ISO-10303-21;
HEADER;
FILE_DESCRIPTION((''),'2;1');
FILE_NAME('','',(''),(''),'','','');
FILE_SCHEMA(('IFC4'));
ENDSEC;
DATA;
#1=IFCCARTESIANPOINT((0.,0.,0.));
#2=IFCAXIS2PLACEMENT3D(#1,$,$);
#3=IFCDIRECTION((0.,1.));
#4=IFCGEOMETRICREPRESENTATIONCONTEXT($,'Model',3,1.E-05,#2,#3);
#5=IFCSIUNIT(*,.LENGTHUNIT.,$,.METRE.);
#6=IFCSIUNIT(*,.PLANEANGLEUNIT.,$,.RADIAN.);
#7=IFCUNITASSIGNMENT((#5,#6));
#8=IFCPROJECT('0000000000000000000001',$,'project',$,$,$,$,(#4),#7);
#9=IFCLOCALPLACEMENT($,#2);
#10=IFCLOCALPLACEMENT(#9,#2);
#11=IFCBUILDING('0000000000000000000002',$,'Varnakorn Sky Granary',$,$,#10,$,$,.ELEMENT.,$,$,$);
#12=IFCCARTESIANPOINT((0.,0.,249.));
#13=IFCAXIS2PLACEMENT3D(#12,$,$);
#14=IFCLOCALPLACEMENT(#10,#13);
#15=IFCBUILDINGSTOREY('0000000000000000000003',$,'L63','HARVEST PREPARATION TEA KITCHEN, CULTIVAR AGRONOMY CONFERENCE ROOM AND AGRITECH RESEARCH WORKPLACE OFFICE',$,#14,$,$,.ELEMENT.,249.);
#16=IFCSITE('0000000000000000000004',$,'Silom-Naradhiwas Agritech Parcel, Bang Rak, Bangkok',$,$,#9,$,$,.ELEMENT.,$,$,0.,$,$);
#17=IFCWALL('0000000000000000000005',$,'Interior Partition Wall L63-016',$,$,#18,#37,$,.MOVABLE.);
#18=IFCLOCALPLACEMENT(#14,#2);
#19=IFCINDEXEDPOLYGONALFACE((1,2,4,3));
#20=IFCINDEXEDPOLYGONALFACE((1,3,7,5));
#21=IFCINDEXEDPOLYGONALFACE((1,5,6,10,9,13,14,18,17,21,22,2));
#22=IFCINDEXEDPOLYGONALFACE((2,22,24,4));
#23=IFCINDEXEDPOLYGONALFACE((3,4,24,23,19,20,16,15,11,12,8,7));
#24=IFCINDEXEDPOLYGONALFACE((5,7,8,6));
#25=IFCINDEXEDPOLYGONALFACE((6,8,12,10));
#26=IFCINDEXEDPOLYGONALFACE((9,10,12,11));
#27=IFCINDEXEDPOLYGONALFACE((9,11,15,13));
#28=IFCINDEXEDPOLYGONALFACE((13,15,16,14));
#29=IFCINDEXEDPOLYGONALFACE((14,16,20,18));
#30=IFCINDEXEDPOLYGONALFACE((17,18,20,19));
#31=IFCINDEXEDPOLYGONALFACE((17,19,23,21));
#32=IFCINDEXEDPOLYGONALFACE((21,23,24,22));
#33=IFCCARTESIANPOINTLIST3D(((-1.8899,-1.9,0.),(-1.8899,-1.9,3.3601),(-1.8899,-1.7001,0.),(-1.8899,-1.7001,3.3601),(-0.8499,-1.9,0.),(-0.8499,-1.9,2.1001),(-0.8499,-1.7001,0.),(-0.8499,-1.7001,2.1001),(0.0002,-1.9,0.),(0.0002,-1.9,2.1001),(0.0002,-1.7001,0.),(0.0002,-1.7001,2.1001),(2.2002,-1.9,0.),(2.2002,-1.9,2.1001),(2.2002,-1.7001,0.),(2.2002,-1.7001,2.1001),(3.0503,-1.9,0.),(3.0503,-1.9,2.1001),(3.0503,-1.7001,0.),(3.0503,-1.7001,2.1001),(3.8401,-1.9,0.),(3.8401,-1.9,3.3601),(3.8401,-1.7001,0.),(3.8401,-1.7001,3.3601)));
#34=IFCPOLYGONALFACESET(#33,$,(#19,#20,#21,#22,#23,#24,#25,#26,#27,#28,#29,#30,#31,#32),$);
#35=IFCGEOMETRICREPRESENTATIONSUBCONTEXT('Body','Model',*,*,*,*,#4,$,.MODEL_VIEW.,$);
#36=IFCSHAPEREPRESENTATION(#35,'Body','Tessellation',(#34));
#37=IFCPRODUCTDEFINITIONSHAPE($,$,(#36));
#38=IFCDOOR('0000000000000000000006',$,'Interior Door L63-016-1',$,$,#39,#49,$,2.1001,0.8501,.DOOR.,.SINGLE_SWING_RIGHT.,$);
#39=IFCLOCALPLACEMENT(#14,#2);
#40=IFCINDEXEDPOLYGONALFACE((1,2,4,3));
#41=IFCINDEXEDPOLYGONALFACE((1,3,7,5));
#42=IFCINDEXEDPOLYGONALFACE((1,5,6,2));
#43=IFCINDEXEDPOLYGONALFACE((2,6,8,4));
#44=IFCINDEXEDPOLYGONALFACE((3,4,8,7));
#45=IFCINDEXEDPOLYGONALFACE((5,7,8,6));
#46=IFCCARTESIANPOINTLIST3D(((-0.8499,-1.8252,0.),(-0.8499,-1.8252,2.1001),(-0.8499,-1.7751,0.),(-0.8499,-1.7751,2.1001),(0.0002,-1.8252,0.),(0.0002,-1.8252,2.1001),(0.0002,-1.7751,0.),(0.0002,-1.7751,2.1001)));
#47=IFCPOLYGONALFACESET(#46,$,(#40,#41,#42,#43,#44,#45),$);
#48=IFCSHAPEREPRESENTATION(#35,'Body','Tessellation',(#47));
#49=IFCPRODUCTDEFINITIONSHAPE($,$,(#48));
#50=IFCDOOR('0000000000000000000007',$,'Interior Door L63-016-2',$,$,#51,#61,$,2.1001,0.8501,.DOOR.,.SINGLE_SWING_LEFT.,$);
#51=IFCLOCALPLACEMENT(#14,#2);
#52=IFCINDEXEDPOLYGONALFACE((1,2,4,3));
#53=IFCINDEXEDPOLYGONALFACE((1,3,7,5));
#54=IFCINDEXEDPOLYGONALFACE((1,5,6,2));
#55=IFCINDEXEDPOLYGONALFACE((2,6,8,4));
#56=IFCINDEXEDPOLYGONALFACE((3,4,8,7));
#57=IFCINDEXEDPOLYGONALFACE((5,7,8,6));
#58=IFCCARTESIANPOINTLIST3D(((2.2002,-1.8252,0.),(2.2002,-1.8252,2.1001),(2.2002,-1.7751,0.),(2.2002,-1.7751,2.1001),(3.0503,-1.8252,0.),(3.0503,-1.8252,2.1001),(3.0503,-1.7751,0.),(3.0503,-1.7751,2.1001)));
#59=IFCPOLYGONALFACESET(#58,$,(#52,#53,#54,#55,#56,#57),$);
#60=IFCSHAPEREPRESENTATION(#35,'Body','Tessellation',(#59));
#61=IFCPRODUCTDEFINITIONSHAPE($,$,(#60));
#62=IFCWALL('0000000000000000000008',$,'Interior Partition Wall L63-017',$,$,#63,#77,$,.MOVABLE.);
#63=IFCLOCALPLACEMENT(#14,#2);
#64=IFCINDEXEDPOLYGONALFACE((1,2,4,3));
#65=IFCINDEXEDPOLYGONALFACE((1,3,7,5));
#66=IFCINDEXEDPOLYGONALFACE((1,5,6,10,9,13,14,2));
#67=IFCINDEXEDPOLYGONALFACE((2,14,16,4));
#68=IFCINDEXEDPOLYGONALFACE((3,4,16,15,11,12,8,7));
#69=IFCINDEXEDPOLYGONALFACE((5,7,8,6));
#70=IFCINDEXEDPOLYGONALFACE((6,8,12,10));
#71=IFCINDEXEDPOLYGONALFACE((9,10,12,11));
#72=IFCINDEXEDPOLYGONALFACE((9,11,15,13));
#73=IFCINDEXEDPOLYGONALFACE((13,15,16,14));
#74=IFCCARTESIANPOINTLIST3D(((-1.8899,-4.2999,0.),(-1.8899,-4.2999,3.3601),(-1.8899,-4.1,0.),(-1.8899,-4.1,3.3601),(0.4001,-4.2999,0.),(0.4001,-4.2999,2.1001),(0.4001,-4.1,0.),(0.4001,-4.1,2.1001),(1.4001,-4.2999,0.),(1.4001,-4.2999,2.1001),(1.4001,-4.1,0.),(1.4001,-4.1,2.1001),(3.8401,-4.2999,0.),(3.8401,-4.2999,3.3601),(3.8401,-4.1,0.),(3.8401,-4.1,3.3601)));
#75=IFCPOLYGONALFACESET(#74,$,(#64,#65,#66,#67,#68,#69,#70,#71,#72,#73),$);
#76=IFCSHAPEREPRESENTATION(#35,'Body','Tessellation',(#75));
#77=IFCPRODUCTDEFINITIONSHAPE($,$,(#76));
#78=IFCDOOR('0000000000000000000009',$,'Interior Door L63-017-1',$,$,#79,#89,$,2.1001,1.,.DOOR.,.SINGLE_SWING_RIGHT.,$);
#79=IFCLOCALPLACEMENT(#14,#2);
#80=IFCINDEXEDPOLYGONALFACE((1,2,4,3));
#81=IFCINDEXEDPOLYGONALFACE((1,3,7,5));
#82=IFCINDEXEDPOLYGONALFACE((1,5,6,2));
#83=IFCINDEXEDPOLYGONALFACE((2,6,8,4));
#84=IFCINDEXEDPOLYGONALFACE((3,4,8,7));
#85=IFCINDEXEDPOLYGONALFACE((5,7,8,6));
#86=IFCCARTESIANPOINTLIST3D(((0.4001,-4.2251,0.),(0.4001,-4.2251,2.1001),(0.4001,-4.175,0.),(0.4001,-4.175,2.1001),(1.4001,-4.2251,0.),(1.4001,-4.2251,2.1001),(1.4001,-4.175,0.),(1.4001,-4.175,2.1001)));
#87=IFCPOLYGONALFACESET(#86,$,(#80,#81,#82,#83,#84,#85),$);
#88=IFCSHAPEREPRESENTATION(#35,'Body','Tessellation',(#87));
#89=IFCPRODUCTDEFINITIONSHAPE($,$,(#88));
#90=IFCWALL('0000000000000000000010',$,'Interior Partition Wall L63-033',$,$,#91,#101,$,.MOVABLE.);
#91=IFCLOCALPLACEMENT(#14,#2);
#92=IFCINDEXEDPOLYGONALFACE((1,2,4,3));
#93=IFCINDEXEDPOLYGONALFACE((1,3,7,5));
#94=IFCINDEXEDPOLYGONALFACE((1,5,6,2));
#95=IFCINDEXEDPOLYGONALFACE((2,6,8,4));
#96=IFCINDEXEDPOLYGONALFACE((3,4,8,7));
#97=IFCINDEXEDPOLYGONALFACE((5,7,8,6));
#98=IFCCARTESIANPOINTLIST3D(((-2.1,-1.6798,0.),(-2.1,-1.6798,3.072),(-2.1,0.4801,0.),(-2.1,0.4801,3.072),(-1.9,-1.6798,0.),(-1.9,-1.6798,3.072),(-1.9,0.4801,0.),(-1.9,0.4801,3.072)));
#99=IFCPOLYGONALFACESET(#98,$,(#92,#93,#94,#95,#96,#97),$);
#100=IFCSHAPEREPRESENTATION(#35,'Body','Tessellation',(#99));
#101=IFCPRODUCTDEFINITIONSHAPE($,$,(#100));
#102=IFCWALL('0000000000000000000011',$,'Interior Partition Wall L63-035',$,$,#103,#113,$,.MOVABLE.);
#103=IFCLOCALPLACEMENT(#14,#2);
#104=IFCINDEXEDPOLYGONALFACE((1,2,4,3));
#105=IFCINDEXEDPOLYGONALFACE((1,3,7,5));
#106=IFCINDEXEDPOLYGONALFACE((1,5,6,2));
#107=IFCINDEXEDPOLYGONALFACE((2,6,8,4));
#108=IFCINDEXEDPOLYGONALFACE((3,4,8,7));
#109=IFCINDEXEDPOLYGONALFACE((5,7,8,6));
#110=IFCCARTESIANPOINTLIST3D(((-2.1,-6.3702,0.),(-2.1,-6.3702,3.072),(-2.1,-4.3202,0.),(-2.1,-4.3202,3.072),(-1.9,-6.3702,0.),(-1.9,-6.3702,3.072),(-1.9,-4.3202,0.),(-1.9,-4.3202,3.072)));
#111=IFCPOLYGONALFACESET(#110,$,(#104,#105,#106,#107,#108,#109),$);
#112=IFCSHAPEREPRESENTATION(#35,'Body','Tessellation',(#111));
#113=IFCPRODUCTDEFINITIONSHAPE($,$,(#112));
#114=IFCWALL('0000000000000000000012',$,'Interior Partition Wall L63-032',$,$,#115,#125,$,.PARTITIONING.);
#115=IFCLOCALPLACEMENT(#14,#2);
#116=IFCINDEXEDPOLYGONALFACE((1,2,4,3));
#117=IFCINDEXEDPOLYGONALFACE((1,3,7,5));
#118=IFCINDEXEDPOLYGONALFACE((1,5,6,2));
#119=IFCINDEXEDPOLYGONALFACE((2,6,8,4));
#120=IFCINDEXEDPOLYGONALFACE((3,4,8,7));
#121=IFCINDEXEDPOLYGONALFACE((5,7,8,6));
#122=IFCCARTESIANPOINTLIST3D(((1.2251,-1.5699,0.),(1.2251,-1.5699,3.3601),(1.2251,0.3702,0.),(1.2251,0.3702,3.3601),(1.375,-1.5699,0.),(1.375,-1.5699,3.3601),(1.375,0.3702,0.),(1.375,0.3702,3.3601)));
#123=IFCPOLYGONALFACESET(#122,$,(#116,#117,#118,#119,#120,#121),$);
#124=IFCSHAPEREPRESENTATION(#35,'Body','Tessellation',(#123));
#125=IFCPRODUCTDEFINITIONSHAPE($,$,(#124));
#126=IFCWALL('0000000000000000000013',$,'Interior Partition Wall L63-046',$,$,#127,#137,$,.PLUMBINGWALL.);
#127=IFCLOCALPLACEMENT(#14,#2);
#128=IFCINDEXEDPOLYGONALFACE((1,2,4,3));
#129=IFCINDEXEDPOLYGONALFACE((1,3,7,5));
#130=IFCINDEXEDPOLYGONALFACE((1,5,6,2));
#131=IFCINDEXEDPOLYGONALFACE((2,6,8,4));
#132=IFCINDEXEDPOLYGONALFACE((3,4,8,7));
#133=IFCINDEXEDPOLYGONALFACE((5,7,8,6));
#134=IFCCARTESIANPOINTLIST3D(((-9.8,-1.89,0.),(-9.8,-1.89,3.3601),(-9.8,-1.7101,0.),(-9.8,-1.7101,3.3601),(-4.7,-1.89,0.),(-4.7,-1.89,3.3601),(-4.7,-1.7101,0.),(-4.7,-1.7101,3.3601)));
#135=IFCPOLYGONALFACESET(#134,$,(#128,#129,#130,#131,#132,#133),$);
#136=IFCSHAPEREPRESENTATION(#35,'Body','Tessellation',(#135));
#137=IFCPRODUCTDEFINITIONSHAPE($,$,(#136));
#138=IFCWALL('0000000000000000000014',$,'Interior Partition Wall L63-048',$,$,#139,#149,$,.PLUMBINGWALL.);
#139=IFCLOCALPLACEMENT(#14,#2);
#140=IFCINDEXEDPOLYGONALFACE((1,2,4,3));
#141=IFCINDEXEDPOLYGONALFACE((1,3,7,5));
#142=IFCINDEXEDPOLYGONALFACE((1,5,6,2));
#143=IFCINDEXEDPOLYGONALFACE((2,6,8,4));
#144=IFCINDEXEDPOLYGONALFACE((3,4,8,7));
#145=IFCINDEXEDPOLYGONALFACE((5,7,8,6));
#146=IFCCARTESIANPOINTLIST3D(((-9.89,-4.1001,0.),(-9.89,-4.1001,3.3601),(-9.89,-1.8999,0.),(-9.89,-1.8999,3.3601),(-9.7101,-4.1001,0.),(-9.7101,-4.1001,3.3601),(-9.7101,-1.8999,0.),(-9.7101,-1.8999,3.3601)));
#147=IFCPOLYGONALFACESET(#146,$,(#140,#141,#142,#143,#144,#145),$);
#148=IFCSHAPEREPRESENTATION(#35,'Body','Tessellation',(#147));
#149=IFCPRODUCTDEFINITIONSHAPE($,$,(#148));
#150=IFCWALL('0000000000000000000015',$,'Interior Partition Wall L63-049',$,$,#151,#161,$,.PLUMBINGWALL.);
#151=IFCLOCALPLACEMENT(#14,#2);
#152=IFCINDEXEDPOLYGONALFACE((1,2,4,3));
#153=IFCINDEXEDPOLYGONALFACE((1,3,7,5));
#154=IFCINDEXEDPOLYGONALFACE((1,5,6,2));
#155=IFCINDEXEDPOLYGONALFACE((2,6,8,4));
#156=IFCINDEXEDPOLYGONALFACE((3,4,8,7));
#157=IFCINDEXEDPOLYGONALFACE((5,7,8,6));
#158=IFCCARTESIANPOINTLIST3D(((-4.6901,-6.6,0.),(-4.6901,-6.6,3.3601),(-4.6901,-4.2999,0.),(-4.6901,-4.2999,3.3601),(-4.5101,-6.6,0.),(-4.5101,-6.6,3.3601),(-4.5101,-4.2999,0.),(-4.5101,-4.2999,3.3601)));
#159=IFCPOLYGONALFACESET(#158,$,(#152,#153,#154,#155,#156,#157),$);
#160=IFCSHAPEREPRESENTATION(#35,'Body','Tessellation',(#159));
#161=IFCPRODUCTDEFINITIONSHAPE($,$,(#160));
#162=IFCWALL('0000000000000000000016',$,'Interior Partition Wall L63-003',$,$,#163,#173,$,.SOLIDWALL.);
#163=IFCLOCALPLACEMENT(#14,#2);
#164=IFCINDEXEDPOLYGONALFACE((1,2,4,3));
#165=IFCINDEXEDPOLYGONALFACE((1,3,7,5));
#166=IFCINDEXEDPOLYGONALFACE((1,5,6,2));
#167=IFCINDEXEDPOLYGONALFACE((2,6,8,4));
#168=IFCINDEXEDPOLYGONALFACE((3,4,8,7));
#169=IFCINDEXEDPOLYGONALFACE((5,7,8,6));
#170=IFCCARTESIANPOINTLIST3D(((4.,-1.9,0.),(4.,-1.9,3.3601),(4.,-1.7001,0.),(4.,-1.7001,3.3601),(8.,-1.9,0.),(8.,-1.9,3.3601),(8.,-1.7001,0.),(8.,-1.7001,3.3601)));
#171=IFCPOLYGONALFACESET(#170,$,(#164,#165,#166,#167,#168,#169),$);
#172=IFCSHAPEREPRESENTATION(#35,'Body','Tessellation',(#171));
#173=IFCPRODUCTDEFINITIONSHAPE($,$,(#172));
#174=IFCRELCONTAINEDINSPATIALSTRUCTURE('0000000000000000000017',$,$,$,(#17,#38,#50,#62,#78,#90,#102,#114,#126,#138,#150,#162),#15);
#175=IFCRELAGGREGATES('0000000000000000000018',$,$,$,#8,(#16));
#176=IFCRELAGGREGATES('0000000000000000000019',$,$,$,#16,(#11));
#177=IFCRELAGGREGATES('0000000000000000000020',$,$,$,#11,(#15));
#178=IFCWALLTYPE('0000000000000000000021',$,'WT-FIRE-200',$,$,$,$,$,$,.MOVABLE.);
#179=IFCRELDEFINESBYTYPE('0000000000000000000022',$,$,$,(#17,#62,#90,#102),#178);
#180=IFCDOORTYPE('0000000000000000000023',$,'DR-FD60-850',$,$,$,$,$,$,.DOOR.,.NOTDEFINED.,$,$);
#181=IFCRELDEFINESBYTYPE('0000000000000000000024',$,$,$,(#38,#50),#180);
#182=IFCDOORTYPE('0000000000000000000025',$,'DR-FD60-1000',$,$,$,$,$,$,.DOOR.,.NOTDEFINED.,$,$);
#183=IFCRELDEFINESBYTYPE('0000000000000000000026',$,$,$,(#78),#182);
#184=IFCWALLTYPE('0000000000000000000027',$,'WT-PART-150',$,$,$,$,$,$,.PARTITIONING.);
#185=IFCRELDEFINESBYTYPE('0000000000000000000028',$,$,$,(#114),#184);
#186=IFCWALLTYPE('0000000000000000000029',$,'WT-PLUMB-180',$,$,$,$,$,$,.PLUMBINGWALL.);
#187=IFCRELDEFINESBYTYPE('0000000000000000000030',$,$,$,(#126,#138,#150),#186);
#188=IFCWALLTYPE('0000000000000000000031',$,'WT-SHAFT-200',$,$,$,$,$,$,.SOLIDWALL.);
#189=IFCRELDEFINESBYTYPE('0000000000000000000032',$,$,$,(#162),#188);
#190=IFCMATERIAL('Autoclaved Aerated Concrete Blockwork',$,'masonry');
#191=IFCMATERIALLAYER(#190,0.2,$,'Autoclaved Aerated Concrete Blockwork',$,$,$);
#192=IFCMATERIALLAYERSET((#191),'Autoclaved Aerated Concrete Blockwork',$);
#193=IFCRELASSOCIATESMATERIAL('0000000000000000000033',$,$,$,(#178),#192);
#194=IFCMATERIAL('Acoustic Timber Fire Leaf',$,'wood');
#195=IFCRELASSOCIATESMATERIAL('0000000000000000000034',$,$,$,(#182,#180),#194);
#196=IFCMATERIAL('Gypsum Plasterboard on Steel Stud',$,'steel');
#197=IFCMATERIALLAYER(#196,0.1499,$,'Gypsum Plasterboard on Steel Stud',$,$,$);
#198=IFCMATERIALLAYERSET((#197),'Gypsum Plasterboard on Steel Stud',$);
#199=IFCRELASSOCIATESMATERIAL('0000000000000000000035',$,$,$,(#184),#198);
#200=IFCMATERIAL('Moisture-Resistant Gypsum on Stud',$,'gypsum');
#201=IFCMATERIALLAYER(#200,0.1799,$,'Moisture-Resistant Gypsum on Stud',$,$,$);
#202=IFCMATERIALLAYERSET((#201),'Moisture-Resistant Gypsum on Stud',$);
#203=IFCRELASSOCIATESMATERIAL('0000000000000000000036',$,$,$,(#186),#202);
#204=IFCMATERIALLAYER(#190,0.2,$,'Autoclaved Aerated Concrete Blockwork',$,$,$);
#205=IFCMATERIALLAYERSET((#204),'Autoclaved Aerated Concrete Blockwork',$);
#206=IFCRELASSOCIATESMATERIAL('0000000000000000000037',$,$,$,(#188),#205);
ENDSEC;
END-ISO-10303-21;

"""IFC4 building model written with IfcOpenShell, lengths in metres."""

from ifc_helpers import new_model, si_unit, direction, frame, frame_2d, origin, place, context, subcontext, project, spatial, rectangle, extrude, material, layer, layer_set, type_object, element, fill, save


model = new_model("IFC4")

# Units and contexts
model_context = context("Model", 3, precision=1e-05, world=origin(), true_north=direction((0.0, 1.0)))
body_context = subcontext(model_context, "Body", "Model", "MODEL_VIEW")
ifc_project = project(units=[si_unit("LENGTHUNIT", "METRE"), si_unit("PLANEANGLEUNIT", "RADIAN")], contexts=[model_context])

# Site, building, storey
site_placement = place(None, origin())
site = spatial("IfcSite", under=ifc_project, at=site_placement, Name="Silom-Naradhiwas Agritech Parcel, Bang Rak, Bangkok", CompositionType="ELEMENT", RefElevation=0.0)
building_placement = place(site_placement, origin())
building = spatial("IfcBuilding", under=site, at=building_placement, Name="Varnakorn Sky Granary", CompositionType="ELEMENT")
storey_placement = place(building_placement, frame((0.0, 0.0, 249.0)))
storey = spatial("IfcBuildingStorey", under=building, at=storey_placement, Name="L63", Description="HARVEST PREPARATION TEA KITCHEN, CULTIVAR AGRONOMY CONFERENCE ROOM AND AGRITECH RESEARCH WORKPLACE OFFICE", CompositionType="ELEMENT", Elevation=249.0)

# Shared definitions
ifc_material_1 = material(Name="Autoclaved Aerated Concrete Blockwork", Category="masonry")
ifc_layer_1 = layer(ifc_material_1, 0.2, Name="Autoclaved Aerated Concrete Blockwork")
ifc_layer_set_1 = layer_set([ifc_layer_1], Name="Autoclaved Aerated Concrete Blockwork")
wall_type_1 = type_object("IfcWallType", Name="WT-FIRE-200", PredefinedType="MOVABLE", material=ifc_layer_set_1)
ifc_material_2 = material(Name="Acoustic Timber Fire Leaf", Category="wood")
door_type_1 = type_object("IfcDoorType", Name="DR-FD60-1000", OperationType="NOTDEFINED", PredefinedType="DOOR", material=ifc_material_2)

# Wall, openings, doors
wall_1_placement = place(storey_placement, frame((-1.8899, -1.8, 0.0), z_axis=(0.0, 0.0, 1.0), x_axis=(1.0, 0.0, 0.0)))
wall_1 = element("IfcWall", 1, at=wall_1_placement, inside=storey, type_object=wall_type_1, Name="Interior Partition Wall L63-016", PredefinedType="MOVABLE", context=body_context, shape_type="SweptSolid", body=[
    extrude(rectangle(XDim=5.73, YDim=0.2, at=frame_2d((2.865, 0.0))), origin(), (0.0, 0.0, 1.0), 3.3601),
])
opening_1_placement = place(wall_1_placement, frame((1.04, 0.0, 0.0)))
opening_1 = element("IfcOpeningElement", 2, at=opening_1_placement, cuts=wall_1, PredefinedType="OPENING", context=body_context, shape_type="SweptSolid", body=[
    extrude(rectangle(XDim=0.8501, YDim=2.1001, at=frame_2d((0.425, 1.05))), frame((0.0, 0.1099, 0.0), z_axis=(0.0, -1.0, 0.0), x_axis=(1.0, 0.0, 0.0)), (0.0, 0.0, 1.0), 0.22),
])
opening_2_placement = place(wall_1_placement, frame((4.0901, 0.0, 0.0)))
opening_2 = element("IfcOpeningElement", 3, at=opening_2_placement, cuts=wall_1, PredefinedType="OPENING", context=body_context, shape_type="SweptSolid", body=[
    extrude(rectangle(XDim=0.8501, YDim=2.1001, at=frame_2d((0.425, 1.05))), frame((0.0, 0.1099, 0.0), z_axis=(0.0, -1.0, 0.0), x_axis=(1.0, 0.0, 0.0)), (0.0, 0.0, 1.0), 0.22),
])
door_type_2 = type_object("IfcDoorType", Name="DR-FD60-850", OperationType="NOTDEFINED", PredefinedType="DOOR", material=ifc_material_2)
door_1_placement = place(opening_1_placement, origin())
door_1 = element("IfcDoor", 4, at=door_1_placement, inside=storey, type_object=door_type_2, Name="Interior Door L63-016-1", OperationType="SINGLE_SWING_RIGHT", OverallHeight=2.1001, OverallWidth=0.8501, PredefinedType="DOOR", context=body_context, shape_type="SweptSolid", body=[
    extrude(rectangle(XDim=0.8501, YDim=2.1001, at=frame_2d((0.425, 1.05))), frame((0.0, 0.0249, 0.0), z_axis=(0.0, -1.0, 0.0), x_axis=(1.0, 0.0, 0.0)), (0.0, 0.0, 1.0), 0.05),
])
fill(opening_1, door_1)
door_2_placement = place(opening_2_placement, origin())
door_2 = element("IfcDoor", 5, at=door_2_placement, inside=storey, type_object=door_type_2, Name="Interior Door L63-016-2", OperationType="SINGLE_SWING_LEFT", OverallHeight=2.1001, OverallWidth=0.8501, PredefinedType="DOOR", context=body_context, shape_type="SweptSolid", body=[
    extrude(rectangle(XDim=0.8501, YDim=2.1001, at=frame_2d((0.425, 1.05))), frame((0.0, 0.0249, 0.0), z_axis=(0.0, -1.0, 0.0), x_axis=(1.0, 0.0, 0.0)), (0.0, 0.0, 1.0), 0.05),
])
fill(opening_2, door_2)

# Wall, opening, door
wall_2_placement = place(storey_placement, frame((-1.8899, -4.2, 0.0), z_axis=(0.0, 0.0, 1.0), x_axis=(1.0, 0.0, 0.0)))
wall_2 = element("IfcWall", 6, at=wall_2_placement, inside=storey, type_object=wall_type_1, Name="Interior Partition Wall L63-017", PredefinedType="MOVABLE", context=body_context, shape_type="SweptSolid", body=[
    extrude(rectangle(XDim=5.73, YDim=0.2, at=frame_2d((2.865, 0.0))), origin(), (0.0, 0.0, 1.0), 3.3601),
])
opening_3_placement = place(wall_2_placement, frame((2.29, 0.0, 0.0)))
opening_3 = element("IfcOpeningElement", 7, at=opening_3_placement, cuts=wall_2, PredefinedType="OPENING", context=body_context, shape_type="SweptSolid", body=[
    extrude(rectangle(XDim=1.0, YDim=2.1001, at=frame_2d((0.5, 1.05))), frame((0.0, 0.1099, 0.0), z_axis=(0.0, -1.0, 0.0), x_axis=(1.0, 0.0, 0.0)), (0.0, 0.0, 1.0), 0.22),
])
door_3_placement = place(opening_3_placement, origin())
door_3 = element("IfcDoor", 8, at=door_3_placement, inside=storey, type_object=door_type_1, Name="Interior Door L63-017-1", OperationType="SINGLE_SWING_RIGHT", OverallHeight=2.1001, OverallWidth=1.0, PredefinedType="DOOR", context=body_context, shape_type="SweptSolid", body=[
    extrude(rectangle(XDim=1.0, YDim=2.1001, at=frame_2d((0.5, 1.05))), frame((0.0, 0.0249, 0.0), z_axis=(0.0, -1.0, 0.0), x_axis=(1.0, 0.0, 0.0)), (0.0, 0.0, 1.0), 0.05),
])
fill(opening_3, door_3)

# Walls
wall_3_placement = place(storey_placement, frame((-2.0, -1.6799, 0.0), z_axis=(0.0, 0.0, 1.0), x_axis=(0.0, 1.0, 0.0)))
element("IfcWall", 9, at=wall_3_placement, inside=storey, type_object=wall_type_1, Name="Interior Partition Wall L63-033", PredefinedType="MOVABLE", context=body_context, shape_type="SweptSolid", body=[
    extrude(rectangle(XDim=2.1599, YDim=0.2, at=frame_2d((1.0801, 0.0))), origin(), (0.0, 0.0, 1.0), 3.072),
])
wall_4_placement = place(storey_placement, frame((-2.0, -6.3701, 0.0), z_axis=(0.0, 0.0, 1.0), x_axis=(0.0, 1.0, 0.0)))
element("IfcWall", 10, at=wall_4_placement, inside=storey, type_object=wall_type_1, Name="Interior Partition Wall L63-035", PredefinedType="MOVABLE", context=body_context, shape_type="SweptSolid", body=[
    extrude(rectangle(XDim=2.05, YDim=0.2, at=frame_2d((1.0249, 0.0))), origin(), (0.0, 0.0, 1.0), 3.072),
])
ifc_material_3 = material(Name="Gypsum Plasterboard on Steel Stud", Category="steel")
ifc_layer_2 = layer(ifc_material_3, 0.1499, Name="Gypsum Plasterboard on Steel Stud")
ifc_layer_set_2 = layer_set([ifc_layer_2], Name="Gypsum Plasterboard on Steel Stud")
wall_type_2 = type_object("IfcWallType", Name="WT-PART-150", PredefinedType="PARTITIONING", material=ifc_layer_set_2)
wall_5_placement = place(storey_placement, frame((1.3, -1.5701, 0.0), z_axis=(0.0, 0.0, 1.0), x_axis=(0.0, 1.0, 0.0)))
element("IfcWall", 11, at=wall_5_placement, inside=storey, type_object=wall_type_2, Name="Interior Partition Wall L63-032", PredefinedType="PARTITIONING", context=body_context, shape_type="SweptSolid", body=[
    extrude(rectangle(XDim=1.9402, YDim=0.1499, at=frame_2d((0.9702, 0.0))), origin(), (0.0, 0.0, 1.0), 3.3601),
])
ifc_material_4 = material(Name="Moisture-Resistant Gypsum on Stud", Category="gypsum")
ifc_layer_3 = layer(ifc_material_4, 0.1799, Name="Moisture-Resistant Gypsum on Stud")
ifc_layer_set_3 = layer_set([ifc_layer_3], Name="Moisture-Resistant Gypsum on Stud")
wall_type_3 = type_object("IfcWallType", Name="WT-PLUMB-180", PredefinedType="PLUMBINGWALL", material=ifc_layer_set_3)
wall_6_placement = place(storey_placement, frame((-4.7, -1.8, 0.0), z_axis=(0.0, 0.0, 1.0), x_axis=(-1.0, 0.0, 0.0)))
element("IfcWall", 12, at=wall_6_placement, inside=storey, type_object=wall_type_3, Name="Interior Partition Wall L63-046", PredefinedType="PLUMBINGWALL", context=body_context, shape_type="SweptSolid", body=[
    extrude(rectangle(XDim=5.1001, YDim=0.1799, at=frame_2d((2.55, 0.0))), origin(), (0.0, 0.0, 1.0), 3.3601),
])
wall_7_placement = place(storey_placement, frame((-9.8, -1.8999, 0.0), z_axis=(0.0, 0.0, 1.0), x_axis=(0.0, -1.0, 0.0)))
element("IfcWall", 13, at=wall_7_placement, inside=storey, type_object=wall_type_3, Name="Interior Partition Wall L63-048", PredefinedType="PLUMBINGWALL", context=body_context, shape_type="SweptSolid", body=[
    extrude(rectangle(XDim=2.2002, YDim=0.1799, at=frame_2d((1.1001, 0.0))), origin(), (0.0, 0.0, 1.0), 3.3601),
])
wall_8_placement = place(storey_placement, frame((-4.6001, -4.3, 0.0), z_axis=(0.0, 0.0, 1.0), x_axis=(0.0, -1.0, 0.0)))
element("IfcWall", 14, at=wall_8_placement, inside=storey, type_object=wall_type_3, Name="Interior Partition Wall L63-049", PredefinedType="PLUMBINGWALL", context=body_context, shape_type="SweptSolid", body=[
    extrude(rectangle(XDim=2.3, YDim=0.1799, at=frame_2d((1.1499, 0.0))), origin(), (0.0, 0.0, 1.0), 3.3601),
])
ifc_layer_4 = layer(ifc_material_1, 0.2, Name="Autoclaved Aerated Concrete Blockwork")
ifc_layer_set_4 = layer_set([ifc_layer_4], Name="Autoclaved Aerated Concrete Blockwork")
wall_type_4 = type_object("IfcWallType", Name="WT-SHAFT-200", PredefinedType="SOLIDWALL", material=ifc_layer_set_4)
wall_9_placement = place(storey_placement, frame((4.0, -1.8, 0.0), z_axis=(0.0, 0.0, 1.0), x_axis=(1.0, 0.0, 0.0)))
element("IfcWall", 15, at=wall_9_placement, inside=storey, type_object=wall_type_4, Name="Interior Partition Wall L63-003", PredefinedType="SOLIDWALL", context=body_context, shape_type="SweptSolid", body=[
    extrude(rectangle(XDim=4.0, YDim=0.2, at=frame_2d((2.0, 0.0))), origin(), (0.0, 0.0, 1.0), 3.3601),
])

save(model, "model.ifc")
